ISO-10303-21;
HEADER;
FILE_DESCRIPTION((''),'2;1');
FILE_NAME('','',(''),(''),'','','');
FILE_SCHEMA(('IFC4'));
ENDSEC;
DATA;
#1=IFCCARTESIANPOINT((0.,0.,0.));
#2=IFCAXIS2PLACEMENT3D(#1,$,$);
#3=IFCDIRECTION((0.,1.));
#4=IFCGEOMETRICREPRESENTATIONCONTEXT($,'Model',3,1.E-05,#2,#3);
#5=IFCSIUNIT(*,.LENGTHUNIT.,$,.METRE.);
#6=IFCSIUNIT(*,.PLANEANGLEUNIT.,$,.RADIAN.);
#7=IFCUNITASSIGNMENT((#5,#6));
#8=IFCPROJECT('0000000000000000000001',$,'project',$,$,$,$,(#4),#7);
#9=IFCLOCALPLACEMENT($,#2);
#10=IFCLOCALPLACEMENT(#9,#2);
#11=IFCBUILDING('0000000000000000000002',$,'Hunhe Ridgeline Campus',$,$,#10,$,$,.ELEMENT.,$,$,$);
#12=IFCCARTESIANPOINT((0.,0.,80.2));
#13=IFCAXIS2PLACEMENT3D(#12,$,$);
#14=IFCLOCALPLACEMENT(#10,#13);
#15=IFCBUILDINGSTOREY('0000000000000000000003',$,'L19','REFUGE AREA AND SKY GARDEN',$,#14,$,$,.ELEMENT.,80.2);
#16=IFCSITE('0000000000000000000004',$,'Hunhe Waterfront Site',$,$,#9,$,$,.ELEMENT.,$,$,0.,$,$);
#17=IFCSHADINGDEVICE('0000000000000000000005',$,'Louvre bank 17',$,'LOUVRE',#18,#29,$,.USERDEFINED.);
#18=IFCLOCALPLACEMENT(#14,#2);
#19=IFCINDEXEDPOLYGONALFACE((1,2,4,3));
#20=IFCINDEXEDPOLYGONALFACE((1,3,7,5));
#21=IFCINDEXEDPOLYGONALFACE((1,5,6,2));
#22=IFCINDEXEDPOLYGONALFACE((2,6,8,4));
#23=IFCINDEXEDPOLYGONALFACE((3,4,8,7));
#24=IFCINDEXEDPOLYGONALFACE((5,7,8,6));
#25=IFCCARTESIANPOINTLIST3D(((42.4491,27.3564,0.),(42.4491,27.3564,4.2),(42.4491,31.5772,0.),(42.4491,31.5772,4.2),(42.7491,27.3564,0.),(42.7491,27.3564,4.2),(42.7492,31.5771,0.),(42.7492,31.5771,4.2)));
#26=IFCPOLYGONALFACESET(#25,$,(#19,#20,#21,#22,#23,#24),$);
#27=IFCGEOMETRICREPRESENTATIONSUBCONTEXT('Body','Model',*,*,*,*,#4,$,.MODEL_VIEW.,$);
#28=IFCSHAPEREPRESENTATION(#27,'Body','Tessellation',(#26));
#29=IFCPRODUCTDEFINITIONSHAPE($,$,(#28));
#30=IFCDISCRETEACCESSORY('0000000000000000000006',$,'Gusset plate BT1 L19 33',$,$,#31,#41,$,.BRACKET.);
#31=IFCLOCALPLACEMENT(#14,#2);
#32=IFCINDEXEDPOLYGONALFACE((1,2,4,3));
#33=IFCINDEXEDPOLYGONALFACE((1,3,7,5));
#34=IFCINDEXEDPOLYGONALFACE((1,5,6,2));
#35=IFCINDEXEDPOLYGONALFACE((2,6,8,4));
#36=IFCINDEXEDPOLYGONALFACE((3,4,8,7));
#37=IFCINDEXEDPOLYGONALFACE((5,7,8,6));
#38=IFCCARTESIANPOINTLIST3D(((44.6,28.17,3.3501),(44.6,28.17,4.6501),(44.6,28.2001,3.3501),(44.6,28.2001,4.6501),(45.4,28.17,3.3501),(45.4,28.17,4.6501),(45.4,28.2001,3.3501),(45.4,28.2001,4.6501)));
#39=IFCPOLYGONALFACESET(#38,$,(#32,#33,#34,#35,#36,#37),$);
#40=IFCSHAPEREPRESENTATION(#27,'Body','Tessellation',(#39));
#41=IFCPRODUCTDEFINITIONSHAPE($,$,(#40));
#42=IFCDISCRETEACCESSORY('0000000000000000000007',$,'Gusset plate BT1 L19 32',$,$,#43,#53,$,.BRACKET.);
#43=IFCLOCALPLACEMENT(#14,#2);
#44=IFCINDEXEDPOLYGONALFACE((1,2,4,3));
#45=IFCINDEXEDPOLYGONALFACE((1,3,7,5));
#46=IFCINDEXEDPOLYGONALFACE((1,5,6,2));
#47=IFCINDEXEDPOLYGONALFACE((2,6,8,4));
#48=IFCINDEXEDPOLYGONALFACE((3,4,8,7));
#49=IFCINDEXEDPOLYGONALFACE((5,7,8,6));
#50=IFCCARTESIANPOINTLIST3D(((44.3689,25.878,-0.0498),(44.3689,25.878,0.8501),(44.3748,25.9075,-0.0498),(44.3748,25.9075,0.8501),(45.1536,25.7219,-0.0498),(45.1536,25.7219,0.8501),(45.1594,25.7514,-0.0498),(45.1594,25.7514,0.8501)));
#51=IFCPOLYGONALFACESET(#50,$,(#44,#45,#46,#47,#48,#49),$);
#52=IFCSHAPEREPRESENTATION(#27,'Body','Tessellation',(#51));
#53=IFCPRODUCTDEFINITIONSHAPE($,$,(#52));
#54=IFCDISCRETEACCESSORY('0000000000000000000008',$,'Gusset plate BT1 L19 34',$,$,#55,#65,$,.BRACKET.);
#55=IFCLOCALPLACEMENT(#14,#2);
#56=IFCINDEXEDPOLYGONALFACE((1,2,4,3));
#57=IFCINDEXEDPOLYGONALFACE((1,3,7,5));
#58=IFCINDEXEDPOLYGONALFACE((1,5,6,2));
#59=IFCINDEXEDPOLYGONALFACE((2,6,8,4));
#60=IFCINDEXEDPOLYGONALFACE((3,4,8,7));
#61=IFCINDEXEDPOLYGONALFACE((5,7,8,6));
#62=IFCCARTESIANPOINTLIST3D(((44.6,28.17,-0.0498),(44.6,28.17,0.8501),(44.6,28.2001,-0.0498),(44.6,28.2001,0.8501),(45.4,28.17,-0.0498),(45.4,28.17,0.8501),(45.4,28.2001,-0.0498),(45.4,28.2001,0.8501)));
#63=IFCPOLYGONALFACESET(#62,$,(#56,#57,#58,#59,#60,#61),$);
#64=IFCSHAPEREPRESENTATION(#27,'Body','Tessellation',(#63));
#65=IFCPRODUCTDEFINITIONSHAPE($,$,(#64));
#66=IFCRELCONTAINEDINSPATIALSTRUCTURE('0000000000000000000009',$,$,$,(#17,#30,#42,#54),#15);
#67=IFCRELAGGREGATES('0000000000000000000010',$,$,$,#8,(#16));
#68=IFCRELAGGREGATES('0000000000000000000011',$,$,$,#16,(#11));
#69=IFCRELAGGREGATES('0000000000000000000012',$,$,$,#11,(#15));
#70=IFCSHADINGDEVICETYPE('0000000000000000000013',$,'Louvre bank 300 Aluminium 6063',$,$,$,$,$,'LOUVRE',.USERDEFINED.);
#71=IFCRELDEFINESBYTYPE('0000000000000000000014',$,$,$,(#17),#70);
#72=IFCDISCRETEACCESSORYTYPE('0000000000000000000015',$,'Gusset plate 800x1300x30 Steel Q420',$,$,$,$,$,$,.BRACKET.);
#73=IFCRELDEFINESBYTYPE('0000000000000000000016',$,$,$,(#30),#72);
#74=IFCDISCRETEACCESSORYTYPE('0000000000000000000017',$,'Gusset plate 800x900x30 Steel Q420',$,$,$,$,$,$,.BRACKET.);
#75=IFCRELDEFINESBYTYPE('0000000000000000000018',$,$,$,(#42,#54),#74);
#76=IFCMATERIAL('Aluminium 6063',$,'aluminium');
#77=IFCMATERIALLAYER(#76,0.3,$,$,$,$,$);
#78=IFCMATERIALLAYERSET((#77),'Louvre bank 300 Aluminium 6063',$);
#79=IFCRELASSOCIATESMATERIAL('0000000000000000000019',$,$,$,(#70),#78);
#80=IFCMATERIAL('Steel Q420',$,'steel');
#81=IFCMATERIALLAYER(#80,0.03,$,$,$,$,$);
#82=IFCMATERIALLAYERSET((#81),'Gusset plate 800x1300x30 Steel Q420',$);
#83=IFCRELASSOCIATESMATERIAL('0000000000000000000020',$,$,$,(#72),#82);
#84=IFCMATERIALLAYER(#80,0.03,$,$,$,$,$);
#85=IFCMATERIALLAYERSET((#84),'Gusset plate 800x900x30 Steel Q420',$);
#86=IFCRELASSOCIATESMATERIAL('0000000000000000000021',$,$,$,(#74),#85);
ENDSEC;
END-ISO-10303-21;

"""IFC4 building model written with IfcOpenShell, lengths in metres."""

from ifc_helpers import new_model, si_unit, direction, frame, origin, origin_2d, place, context, subcontext, project, spatial, rectangle, extrude, material, layer, layer_set, type_object, element, save


model = new_model("IFC4")

# Units and contexts
model_context = context("Model", 3, precision=1e-05, world=origin(), true_north=direction((0.0, 1.0)))
body_context = subcontext(model_context, "Body", "Model", "MODEL_VIEW")
ifc_project = project(units=[si_unit("LENGTHUNIT", "METRE"), si_unit("PLANEANGLEUNIT", "RADIAN")], contexts=[model_context])

# Site, building, storey
site_placement = place(None, origin())
site = spatial("IfcSite", under=ifc_project, at=site_placement, Name="Hunhe Waterfront Site", CompositionType="ELEMENT", RefElevation=0.0)
building_placement = place(site_placement, origin())
building = spatial("IfcBuilding", under=site, at=building_placement, Name="Hunhe Ridgeline Campus", CompositionType="ELEMENT")
storey_placement = place(building_placement, frame((0.0, 0.0, 80.2)))
storey = spatial("IfcBuildingStorey", under=building, at=storey_placement, Name="L19", Description="REFUGE AREA AND SKY GARDEN", CompositionType="ELEMENT", Elevation=80.2)

# Shared definitions
ifc_material_1 = material(Name="Steel Q420", Category="steel")
ifc_material_2 = material(Name="Aluminium 6063", Category="aluminium")

# Shading device
ifc_layer_1 = layer(ifc_material_2, 0.3)
ifc_layer_set_1 = layer_set([ifc_layer_1], Name="Louvre bank 300 Aluminium 6063")
shading_device_type = type_object("IfcShadingDeviceType", Name="Louvre bank 300 Aluminium 6063", ElementType="LOUVRE", PredefinedType="USERDEFINED", material=ifc_layer_set_1)
shading_device_1_placement = place(storey_placement, frame((42.5991, 29.4668, 0.0), z_axis=(0.0, 0.0, 1.0), x_axis=(0.000011, 1.0, 0.0)))
element("IfcShadingDevice", 1, at=shading_device_1_placement, inside=storey, type_object=shading_device_type, Name="Louvre bank 17", ObjectType="LOUVRE", PredefinedType="USERDEFINED", context=body_context, shape_type="SweptSolid", body=[
    extrude(rectangle(XDim=4.2207, YDim=0.3, at=origin_2d()), origin(), (0.0, 0.0, 1.0), 4.2),
])

# Discrete accessories
ifc_layer_2 = layer(ifc_material_1, 0.03)
ifc_layer_set_2 = layer_set([ifc_layer_2], Name="Gusset plate 800x1300x30 Steel Q420")
discrete_accessory_type_1 = type_object("IfcDiscreteAccessoryType", Name="Gusset plate 800x1300x30 Steel Q420", PredefinedType="BRACKET", material=ifc_layer_set_2)
discrete_accessory_placement = place(storey_placement, frame((45.0, 28.1851, 3.3501), z_axis=(0.0, 0.0, 1.0), x_axis=(0.0, -1.0, 0.0)))
element("IfcDiscreteAccessory", 2, at=discrete_accessory_placement, inside=storey, type_object=discrete_accessory_type_1, Name="Gusset plate BT1 L19 33", PredefinedType="BRACKET", context=body_context, shape_type="SweptSolid", body=[
    extrude(rectangle(XDim=0.03, YDim=0.8, at=origin_2d()), origin(), (0.0, 0.0, 1.0), 1.3),
])
ifc_layer_3 = layer(ifc_material_1, 0.03)
ifc_layer_set_3 = layer_set([ifc_layer_3], Name="Gusset plate 800x900x30 Steel Q420")
discrete_accessory_type_2 = type_object("IfcDiscreteAccessoryType", Name="Gusset plate 800x900x30 Steel Q420", PredefinedType="BRACKET", material=ifc_layer_set_3)
for number, where, z_axis, x_axis, name in (
    (3, (44.7642, 25.8147, -0.0498), (0.0, 0.0, 1.0), (0.19509, 0.980785, 0.0), "Gusset plate BT1 L19 32"),
    (4, (45.0, 28.1851, -0.0498), (0.0, 0.0, 1.0), (0.0, -1.0, 0.0), "Gusset plate BT1 L19 34"),
):
    element("IfcDiscreteAccessory", number, at=place(storey_placement, frame(where, z_axis=z_axis, x_axis=x_axis)), inside=storey, type_object=discrete_accessory_type_2, Name=name, PredefinedType="BRACKET", context=body_context, shape_type="SweptSolid", body=[
        extrude(rectangle(XDim=0.03, YDim=0.8, at=origin_2d()), origin(), (0.0, 0.0, 1.0), 0.8999),
    ])

save(model, "model.ifc")
